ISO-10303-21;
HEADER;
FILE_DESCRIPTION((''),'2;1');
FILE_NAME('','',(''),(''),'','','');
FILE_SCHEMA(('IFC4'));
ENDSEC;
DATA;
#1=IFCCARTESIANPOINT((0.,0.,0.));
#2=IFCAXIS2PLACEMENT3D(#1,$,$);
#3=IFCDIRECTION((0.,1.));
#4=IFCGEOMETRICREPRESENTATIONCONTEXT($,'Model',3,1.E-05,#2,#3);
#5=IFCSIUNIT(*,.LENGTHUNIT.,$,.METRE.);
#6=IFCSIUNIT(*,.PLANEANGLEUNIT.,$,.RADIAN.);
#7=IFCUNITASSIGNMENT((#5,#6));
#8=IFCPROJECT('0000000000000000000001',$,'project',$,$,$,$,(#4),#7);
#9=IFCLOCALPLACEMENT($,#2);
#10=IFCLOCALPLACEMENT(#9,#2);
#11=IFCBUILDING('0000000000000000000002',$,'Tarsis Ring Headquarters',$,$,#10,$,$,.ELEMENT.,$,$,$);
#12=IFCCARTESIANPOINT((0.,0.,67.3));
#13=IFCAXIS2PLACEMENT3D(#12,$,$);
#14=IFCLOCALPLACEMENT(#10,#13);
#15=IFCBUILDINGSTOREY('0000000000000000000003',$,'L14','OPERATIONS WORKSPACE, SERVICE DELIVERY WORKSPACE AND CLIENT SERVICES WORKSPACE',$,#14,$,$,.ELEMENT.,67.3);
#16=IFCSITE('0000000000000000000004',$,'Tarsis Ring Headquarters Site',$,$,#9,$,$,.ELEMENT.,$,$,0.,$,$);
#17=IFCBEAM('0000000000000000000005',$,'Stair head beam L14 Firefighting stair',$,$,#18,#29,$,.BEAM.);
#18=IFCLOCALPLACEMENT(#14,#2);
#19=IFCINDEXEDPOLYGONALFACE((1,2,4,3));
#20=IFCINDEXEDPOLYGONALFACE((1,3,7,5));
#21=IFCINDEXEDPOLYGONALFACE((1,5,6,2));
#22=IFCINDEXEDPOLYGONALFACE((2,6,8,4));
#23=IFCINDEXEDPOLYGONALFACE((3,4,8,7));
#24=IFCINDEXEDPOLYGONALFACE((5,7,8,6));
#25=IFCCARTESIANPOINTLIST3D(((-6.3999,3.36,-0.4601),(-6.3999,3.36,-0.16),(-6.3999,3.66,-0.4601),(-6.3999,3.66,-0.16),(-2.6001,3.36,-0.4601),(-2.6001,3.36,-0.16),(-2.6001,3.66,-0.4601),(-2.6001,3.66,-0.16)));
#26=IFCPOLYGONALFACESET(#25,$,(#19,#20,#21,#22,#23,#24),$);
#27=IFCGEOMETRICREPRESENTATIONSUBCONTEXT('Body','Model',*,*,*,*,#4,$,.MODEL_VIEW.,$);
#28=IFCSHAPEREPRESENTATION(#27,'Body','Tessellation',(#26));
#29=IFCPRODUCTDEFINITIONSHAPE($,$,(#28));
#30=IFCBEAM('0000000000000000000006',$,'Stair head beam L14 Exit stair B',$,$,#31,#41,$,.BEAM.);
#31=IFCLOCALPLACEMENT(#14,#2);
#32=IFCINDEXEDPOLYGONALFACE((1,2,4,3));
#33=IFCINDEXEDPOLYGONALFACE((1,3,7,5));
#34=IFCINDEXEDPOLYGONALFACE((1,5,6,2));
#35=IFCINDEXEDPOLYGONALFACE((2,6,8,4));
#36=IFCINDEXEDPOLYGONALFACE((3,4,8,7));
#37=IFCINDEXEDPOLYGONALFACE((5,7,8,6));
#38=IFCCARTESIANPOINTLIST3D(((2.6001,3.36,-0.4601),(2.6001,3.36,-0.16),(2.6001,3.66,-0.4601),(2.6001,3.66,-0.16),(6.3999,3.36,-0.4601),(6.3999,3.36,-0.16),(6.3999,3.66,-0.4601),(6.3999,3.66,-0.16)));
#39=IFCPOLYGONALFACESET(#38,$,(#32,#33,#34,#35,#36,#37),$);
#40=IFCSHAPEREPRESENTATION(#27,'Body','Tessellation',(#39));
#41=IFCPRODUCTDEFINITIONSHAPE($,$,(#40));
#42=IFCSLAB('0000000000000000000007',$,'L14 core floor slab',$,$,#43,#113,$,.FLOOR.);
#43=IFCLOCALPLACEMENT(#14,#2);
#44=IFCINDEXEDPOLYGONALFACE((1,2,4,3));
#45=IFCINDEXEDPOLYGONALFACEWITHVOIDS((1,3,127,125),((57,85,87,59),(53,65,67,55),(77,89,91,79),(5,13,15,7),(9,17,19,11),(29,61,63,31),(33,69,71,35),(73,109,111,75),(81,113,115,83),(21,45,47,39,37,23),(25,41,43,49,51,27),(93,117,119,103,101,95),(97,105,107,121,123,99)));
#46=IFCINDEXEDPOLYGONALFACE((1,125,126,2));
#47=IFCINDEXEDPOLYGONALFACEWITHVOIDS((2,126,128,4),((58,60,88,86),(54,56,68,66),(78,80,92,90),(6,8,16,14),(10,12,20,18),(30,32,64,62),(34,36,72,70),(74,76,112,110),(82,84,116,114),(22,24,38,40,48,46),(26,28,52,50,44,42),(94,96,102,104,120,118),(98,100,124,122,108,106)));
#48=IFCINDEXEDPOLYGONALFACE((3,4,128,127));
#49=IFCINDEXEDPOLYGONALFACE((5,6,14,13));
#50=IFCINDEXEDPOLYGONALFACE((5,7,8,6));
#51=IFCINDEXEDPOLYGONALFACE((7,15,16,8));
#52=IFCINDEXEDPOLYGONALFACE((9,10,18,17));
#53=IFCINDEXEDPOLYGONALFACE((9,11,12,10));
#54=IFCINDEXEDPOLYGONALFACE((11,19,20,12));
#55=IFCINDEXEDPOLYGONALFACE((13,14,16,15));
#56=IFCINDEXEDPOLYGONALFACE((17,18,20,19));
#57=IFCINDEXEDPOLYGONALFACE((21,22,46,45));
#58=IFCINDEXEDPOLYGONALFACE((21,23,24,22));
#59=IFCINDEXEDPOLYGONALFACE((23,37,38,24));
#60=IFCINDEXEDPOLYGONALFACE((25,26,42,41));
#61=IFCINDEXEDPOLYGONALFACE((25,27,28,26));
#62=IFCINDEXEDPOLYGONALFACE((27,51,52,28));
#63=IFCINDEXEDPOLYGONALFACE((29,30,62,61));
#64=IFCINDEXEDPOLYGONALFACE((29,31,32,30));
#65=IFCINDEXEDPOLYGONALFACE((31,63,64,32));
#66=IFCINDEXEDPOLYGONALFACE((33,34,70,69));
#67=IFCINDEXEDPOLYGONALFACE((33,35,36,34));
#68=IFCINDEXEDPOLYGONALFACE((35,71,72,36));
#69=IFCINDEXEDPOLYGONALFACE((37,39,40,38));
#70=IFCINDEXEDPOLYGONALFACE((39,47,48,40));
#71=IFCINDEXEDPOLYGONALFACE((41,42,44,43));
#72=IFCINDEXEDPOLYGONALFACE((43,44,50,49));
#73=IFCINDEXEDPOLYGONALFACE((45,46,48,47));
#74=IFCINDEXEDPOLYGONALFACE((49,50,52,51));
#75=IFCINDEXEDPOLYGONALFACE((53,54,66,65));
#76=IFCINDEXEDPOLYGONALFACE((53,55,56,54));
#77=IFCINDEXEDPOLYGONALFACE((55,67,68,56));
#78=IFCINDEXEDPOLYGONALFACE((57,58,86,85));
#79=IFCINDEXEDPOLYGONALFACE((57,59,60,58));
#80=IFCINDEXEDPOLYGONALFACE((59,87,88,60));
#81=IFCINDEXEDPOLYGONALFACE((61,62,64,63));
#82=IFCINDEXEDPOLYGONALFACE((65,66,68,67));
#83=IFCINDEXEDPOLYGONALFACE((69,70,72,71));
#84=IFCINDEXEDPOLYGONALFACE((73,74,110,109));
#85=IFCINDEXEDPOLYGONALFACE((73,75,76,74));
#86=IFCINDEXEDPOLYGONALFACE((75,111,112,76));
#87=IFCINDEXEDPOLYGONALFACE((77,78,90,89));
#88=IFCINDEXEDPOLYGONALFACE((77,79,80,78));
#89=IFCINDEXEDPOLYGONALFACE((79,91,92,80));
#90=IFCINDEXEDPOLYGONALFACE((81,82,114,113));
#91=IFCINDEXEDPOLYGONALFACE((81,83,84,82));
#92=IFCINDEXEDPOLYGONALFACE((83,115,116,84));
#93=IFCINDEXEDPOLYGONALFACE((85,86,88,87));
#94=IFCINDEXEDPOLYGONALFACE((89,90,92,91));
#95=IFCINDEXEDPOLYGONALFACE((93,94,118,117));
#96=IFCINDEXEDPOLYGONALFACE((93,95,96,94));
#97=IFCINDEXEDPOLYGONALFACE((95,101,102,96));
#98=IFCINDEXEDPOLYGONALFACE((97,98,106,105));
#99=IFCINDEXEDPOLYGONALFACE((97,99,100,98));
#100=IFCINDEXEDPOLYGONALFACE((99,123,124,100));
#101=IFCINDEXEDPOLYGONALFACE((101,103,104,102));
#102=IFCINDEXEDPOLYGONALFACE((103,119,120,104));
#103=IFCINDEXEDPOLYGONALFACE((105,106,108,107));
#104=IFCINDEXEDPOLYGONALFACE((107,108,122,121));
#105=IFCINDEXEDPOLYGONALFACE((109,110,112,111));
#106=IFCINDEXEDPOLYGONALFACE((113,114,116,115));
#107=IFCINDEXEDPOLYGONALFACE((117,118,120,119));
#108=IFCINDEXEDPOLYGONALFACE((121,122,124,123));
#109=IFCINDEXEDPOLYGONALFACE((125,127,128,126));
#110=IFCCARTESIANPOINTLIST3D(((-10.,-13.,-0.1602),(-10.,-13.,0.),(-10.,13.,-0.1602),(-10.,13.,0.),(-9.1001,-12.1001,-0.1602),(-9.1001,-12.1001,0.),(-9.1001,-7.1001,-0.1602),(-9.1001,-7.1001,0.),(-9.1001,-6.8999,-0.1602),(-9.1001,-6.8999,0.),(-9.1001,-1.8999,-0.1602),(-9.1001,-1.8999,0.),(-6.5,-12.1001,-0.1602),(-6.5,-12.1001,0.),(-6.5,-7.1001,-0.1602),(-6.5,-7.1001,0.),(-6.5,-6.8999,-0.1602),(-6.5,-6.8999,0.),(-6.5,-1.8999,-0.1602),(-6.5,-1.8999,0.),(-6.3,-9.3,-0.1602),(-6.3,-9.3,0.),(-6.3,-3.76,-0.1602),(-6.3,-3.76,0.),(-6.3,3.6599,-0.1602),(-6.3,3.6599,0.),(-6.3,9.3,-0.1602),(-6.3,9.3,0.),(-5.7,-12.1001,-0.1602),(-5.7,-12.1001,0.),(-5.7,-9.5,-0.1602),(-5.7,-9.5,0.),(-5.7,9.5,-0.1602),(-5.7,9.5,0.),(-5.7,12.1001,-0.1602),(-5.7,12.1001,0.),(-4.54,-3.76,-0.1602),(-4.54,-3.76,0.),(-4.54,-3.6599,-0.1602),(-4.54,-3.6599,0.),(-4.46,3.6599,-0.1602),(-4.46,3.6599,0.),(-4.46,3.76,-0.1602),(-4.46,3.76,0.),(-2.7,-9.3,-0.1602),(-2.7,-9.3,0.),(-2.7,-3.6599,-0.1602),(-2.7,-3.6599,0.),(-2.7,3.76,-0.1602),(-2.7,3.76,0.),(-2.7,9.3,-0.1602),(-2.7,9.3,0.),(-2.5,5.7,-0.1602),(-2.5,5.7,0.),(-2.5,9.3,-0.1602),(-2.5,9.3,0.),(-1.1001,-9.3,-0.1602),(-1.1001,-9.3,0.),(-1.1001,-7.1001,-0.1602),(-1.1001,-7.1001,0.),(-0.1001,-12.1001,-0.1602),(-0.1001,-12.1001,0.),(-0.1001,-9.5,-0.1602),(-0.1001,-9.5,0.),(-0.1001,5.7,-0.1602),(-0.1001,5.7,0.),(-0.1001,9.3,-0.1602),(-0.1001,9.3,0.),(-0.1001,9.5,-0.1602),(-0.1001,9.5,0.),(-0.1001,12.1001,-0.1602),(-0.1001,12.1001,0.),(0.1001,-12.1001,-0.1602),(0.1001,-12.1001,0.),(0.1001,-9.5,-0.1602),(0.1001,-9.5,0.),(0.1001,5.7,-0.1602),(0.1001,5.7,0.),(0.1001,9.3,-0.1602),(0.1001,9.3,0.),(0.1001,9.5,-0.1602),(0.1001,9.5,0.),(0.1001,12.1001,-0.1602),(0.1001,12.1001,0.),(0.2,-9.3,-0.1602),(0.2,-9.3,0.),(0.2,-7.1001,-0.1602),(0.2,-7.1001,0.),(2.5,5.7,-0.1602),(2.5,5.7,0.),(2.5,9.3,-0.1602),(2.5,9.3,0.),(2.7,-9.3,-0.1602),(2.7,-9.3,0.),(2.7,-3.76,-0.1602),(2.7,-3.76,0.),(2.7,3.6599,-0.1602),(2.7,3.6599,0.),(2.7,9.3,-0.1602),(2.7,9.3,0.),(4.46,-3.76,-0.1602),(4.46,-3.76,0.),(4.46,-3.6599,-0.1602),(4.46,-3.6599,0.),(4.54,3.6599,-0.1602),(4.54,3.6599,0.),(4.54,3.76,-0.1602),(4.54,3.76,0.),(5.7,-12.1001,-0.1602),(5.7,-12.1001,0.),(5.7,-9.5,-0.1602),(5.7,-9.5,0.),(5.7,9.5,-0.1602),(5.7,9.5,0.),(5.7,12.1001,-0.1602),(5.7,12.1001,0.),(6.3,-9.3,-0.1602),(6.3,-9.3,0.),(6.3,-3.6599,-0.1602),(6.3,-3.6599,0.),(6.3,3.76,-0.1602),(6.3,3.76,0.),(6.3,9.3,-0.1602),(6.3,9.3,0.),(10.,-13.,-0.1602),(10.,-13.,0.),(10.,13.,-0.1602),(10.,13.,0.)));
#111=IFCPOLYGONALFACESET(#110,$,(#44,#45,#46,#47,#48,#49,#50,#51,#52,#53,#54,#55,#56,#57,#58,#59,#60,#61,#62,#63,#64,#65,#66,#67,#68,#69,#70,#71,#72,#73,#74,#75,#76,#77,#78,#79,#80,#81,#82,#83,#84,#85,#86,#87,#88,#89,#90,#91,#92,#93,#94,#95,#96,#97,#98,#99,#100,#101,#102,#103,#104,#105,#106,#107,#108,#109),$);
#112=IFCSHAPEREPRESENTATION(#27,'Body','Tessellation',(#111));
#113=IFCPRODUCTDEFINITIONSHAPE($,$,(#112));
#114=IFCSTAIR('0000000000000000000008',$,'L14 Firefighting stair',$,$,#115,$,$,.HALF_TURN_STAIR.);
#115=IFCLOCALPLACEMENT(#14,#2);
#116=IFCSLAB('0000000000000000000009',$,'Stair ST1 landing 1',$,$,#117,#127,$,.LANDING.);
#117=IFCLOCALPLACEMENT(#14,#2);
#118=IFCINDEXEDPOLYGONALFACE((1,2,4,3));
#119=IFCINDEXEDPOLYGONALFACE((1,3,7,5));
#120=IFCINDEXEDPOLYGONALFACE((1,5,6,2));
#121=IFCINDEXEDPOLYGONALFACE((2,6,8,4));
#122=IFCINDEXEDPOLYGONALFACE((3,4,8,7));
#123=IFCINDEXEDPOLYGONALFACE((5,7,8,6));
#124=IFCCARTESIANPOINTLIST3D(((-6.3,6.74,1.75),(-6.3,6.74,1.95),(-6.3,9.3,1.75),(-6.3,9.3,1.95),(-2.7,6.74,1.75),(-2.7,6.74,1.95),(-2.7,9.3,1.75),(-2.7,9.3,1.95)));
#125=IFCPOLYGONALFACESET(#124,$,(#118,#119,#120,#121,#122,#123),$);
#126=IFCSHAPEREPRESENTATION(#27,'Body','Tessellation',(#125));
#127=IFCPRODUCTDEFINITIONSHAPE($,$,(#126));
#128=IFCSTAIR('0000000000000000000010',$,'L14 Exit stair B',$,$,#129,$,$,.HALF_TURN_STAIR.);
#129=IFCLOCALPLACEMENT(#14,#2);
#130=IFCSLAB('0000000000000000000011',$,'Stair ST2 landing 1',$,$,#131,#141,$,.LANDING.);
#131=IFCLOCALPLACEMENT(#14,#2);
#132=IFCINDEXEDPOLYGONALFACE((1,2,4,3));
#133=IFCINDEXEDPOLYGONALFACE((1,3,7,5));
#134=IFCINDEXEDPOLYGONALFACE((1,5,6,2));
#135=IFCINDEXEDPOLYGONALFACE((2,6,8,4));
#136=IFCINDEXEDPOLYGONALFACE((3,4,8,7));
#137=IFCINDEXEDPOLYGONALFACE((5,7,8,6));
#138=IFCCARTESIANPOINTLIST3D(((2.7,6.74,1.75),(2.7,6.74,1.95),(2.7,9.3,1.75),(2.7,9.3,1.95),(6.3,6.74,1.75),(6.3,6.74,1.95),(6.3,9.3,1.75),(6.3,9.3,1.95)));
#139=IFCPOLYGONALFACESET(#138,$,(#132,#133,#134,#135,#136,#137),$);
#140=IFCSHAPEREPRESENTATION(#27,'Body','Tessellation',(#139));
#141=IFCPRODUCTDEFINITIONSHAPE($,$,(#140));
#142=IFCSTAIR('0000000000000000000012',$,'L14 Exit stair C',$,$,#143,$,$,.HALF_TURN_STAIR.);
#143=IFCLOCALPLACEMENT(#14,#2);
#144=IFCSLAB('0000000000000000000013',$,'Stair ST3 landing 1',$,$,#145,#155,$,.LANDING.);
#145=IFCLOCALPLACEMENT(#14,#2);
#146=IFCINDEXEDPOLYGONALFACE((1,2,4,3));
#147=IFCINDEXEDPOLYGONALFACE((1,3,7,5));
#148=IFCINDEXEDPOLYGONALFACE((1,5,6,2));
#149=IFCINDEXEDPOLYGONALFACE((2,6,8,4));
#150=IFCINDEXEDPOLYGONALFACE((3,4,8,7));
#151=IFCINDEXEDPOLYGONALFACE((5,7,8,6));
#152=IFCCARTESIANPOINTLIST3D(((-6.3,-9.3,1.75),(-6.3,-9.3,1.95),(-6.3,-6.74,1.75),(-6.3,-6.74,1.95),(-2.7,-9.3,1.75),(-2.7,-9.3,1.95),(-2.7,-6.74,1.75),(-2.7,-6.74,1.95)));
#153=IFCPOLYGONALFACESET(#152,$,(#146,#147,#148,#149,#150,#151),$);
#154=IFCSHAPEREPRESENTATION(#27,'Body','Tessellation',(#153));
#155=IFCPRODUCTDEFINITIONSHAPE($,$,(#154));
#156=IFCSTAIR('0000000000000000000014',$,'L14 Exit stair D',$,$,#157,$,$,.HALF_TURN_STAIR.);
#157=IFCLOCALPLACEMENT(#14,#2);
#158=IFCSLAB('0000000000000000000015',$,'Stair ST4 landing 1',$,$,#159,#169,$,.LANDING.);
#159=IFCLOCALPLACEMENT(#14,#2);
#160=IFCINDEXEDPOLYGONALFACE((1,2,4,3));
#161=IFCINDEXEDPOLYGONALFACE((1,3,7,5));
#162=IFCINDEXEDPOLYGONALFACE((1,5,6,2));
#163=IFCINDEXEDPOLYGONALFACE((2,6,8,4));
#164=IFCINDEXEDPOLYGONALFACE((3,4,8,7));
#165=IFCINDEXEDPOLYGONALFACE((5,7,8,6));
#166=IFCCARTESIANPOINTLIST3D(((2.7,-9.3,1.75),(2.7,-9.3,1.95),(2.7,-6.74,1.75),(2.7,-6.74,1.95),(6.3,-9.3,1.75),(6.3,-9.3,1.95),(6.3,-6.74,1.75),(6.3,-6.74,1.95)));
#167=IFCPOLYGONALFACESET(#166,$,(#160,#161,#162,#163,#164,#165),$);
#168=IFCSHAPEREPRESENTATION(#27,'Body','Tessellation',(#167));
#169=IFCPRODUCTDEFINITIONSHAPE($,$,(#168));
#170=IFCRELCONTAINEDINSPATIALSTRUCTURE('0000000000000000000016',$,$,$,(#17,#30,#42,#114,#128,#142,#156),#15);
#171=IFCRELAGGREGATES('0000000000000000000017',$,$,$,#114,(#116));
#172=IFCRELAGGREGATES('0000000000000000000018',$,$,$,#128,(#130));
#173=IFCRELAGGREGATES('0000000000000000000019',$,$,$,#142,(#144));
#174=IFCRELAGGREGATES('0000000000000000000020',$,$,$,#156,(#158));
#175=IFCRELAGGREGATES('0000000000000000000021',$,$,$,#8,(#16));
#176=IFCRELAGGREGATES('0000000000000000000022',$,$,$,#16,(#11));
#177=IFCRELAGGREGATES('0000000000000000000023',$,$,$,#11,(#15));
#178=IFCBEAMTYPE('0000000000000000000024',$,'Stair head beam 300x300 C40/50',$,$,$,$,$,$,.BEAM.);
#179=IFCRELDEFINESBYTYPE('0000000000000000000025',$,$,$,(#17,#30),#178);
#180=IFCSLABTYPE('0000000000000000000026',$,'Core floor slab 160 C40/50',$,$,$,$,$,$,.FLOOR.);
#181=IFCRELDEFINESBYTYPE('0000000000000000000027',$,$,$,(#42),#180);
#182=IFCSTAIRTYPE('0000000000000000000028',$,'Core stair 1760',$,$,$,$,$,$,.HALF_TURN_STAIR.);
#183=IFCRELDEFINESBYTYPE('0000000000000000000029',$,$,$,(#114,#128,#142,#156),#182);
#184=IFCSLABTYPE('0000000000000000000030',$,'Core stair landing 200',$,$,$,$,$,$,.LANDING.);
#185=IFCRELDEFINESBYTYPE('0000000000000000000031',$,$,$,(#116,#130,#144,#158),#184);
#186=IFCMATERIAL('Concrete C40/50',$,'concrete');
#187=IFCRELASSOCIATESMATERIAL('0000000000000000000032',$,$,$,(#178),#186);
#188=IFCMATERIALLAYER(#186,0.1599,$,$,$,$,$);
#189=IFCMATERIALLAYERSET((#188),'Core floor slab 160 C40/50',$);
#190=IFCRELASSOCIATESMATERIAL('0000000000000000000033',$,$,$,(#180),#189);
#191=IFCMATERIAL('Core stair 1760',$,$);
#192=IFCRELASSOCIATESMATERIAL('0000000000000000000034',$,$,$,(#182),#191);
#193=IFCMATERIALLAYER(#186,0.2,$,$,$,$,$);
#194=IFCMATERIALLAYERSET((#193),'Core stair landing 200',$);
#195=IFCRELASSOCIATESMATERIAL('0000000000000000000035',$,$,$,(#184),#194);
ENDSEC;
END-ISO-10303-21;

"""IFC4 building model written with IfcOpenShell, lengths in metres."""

from ifc_helpers import new_model, si_unit, direction, frame, origin, origin_2d, place, context, subcontext, project, spatial, polyline, rectangle, outline, extrude, material, layer, layer_set, material_profile, profile_set, type_object, element, aggregate, save


model = new_model("IFC4")

# Units and contexts
model_context = context("Model", 3, precision=1e-05, world=origin(), true_north=direction((0.0, 1.0)))
body_context = subcontext(model_context, "Body", "Model", "MODEL_VIEW")
ifc_project = project(units=[si_unit("LENGTHUNIT", "METRE"), si_unit("PLANEANGLEUNIT", "RADIAN")], contexts=[model_context])

# Site, building, storey
site_placement = place(None, origin())
site = spatial("IfcSite", under=ifc_project, at=site_placement, Name="Tarsis Ring Headquarters Site", CompositionType="ELEMENT", RefElevation=0.0)
building_placement = place(site_placement, origin())
building = spatial("IfcBuilding", under=site, at=building_placement, Name="Tarsis Ring Headquarters", CompositionType="ELEMENT")
storey_placement = place(building_placement, frame((0.0, 0.0, 67.3)))
storey = spatial("IfcBuildingStorey", under=building, at=storey_placement, Name="L14", Description="OPERATIONS WORKSPACE, SERVICE DELIVERY WORKSPACE AND CLIENT SERVICES WORKSPACE", CompositionType="ELEMENT", Elevation=67.3)

# Beams
ifc_material_1 = material(Name="Concrete C40/50", Category="concrete")
ifc_material_profile = material_profile(ifc_material_1, rectangle(XDim=0.3, YDim=0.3, at=origin_2d()), Name="Stair head beam 300x300 C40/50")
ifc_profile_set = profile_set([ifc_material_profile], Name="Concrete C40/50")
beam_type = type_object("IfcBeamType", Name="Stair head beam 300x300 C40/50", PredefinedType="BEAM", material=ifc_profile_set)
for number, where, z_axis, x_axis, name in (
    (1, (-6.3999, 3.51, -0.3101), (1.0, 0.0, 0.0), (0.0, 1.0, 0.0), "Stair head beam L14 Firefighting stair"),
    (2, (2.6001, 3.51, -0.3101), (1.0, 0.0, 0.0), (0.0, 1.0, 0.0), "Stair head beam L14 Exit stair B"),
):
    element("IfcBeam", number, at=place(storey_placement, frame(where, z_axis=z_axis, x_axis=x_axis)), inside=storey, type_object=beam_type, Name=name, PredefinedType="BEAM", context=body_context, shape_type="SweptSolid", body=[
        extrude(rectangle(XDim=0.3, YDim=0.3, at=origin_2d()), origin(), (0.0, 0.0, 1.0), 3.7998),
    ])

# Slab
ifc_layer_1 = layer(ifc_material_1, 0.1599)
ifc_layer_set_1 = layer_set([ifc_layer_1], Name="Core floor slab 160 C40/50")
slab_type_1 = type_object("IfcSlabType", Name="Core floor slab 160 C40/50", PredefinedType="FLOOR", material=ifc_layer_set_1)
slab_1_placement = place(storey_placement, frame((0.0, 0.0, -0.1602)))
element("IfcSlab", 3, at=slab_1_placement, inside=storey, type_object=slab_type_1, Name="L14 core floor slab", PredefinedType="FLOOR", context=body_context, shape_type="SweptSolid", body=[
    extrude(outline(polyline([(-10.0, -13.0), (10.0, -13.0), (10.0, 13.0), (-10.0, 13.0), (-10.0, -13.0)]), holes=[polyline([(-2.5, 5.7), (-0.1001, 5.7), (-0.1001, 9.3), (-2.5, 9.3), (-2.5, 5.7)]), polyline([(0.1001, 5.7), (2.5, 5.7), (2.5, 9.3), (0.1001, 9.3), (0.1001, 5.7)]), polyline([(-9.1001, -12.1001), (-6.5, -12.1001), (-6.5, -7.1001), (-9.1001, -7.1001), (-9.1001, -12.1001)]), polyline([(-9.1001, -6.8999), (-6.5, -6.8999), (-6.5, -1.8999), (-9.1001, -1.8999), (-9.1001, -6.8999)]), polyline([(-5.7, 9.5), (-0.1001, 9.5), (-0.1001, 12.1001), (-5.7, 12.1001), (-5.7, 9.5)]), polyline([(0.1001, 9.5), (5.7, 9.5), (5.7, 12.1001), (0.1001, 12.1001), (0.1001, 9.5)]), polyline([(-5.7, -12.1001), (-0.1001, -12.1001), (-0.1001, -9.5), (-5.7, -9.5), (-5.7, -12.1001)]), polyline([(0.1001, -12.1001), (5.7, -12.1001), (5.7, -9.5), (0.1001, -9.5), (0.1001, -12.1001)]), polyline([(-1.1001, -9.3), (0.2, -9.3), (0.2, -7.1001), (-1.1001, -7.1001), (-1.1001, -9.3)]), polyline([(-2.7, 3.76), (-2.7, 9.3), (-6.3, 9.3), (-6.3, 3.6599), (-4.46, 3.6599), (-4.46, 3.76), (-2.7, 3.76)]), polyline([(6.3, 3.76), (6.3, 9.3), (2.7, 9.3), (2.7, 3.6599), (4.54, 3.6599), (4.54, 3.76), (6.3, 3.76)]), polyline([(-6.3, -3.76), (-6.3, -9.3), (-2.7, -9.3), (-2.7, -3.6599), (-4.54, -3.6599), (-4.54, -3.76), (-6.3, -3.76)]), polyline([(2.7, -3.76), (2.7, -9.3), (6.3, -9.3), (6.3, -3.6599), (4.46, -3.6599), (4.46, -3.76), (2.7, -3.76)])]), origin(), (0.0, 0.0, 1.0), 0.1602),
])

# Stairs, slabs
ifc_material_2 = material(Name="Core stair 1760")
stair_type = type_object("IfcStairType", Name="Core stair 1760", PredefinedType="HALF_TURN_STAIR", material=ifc_material_2)
stair_1_placement = place(storey_placement, origin())
stair_1 = element("IfcStair", 4, at=stair_1_placement, inside=storey, type_object=stair_type, Name="L14 Firefighting stair", PredefinedType="HALF_TURN_STAIR")
ifc_layer_2 = layer(ifc_material_1, 0.2)
ifc_layer_set_2 = layer_set([ifc_layer_2], Name="Core stair landing 200")
slab_type_2 = type_object("IfcSlabType", Name="Core stair landing 200", PredefinedType="LANDING", material=ifc_layer_set_2)
slab_2_placement = place(storey_placement, frame((0.0, 0.0, 1.75)))
slab_2 = element("IfcSlab", 5, at=slab_2_placement, type_object=slab_type_2, Name="Stair ST1 landing 1", PredefinedType="LANDING", context=body_context, shape_type="SweptSolid", body=[
    extrude(outline(polyline([(-2.7, 6.74), (-2.7, 9.3), (-6.3, 9.3), (-6.3, 6.74), (-2.7, 6.74)])), origin(), (0.0, 0.0, 1.0), 0.2),
])
aggregate(stair_1, [slab_2])
stair_2_placement = place(storey_placement, origin())
stair_2 = element("IfcStair", 6, at=stair_2_placement, inside=storey, type_object=stair_type, Name="L14 Exit stair B", PredefinedType="HALF_TURN_STAIR")
slab_3_placement = place(storey_placement, frame((0.0, 0.0, 1.75)))
slab_3 = element("IfcSlab", 7, at=slab_3_placement, type_object=slab_type_2, Name="Stair ST2 landing 1", PredefinedType="LANDING", context=body_context, shape_type="SweptSolid", body=[
    extrude(outline(polyline([(6.3, 6.74), (6.3, 9.3), (2.7, 9.3), (2.7, 6.74), (6.3, 6.74)])), origin(), (0.0, 0.0, 1.0), 0.2),
])
aggregate(stair_2, [slab_3])
stair_3_placement = place(storey_placement, origin())
stair_3 = element("IfcStair", 8, at=stair_3_placement, inside=storey, type_object=stair_type, Name="L14 Exit stair C", PredefinedType="HALF_TURN_STAIR")
slab_4_placement = place(storey_placement, frame((0.0, 0.0, 1.75)))
slab_4 = element("IfcSlab", 9, at=slab_4_placement, type_object=slab_type_2, Name="Stair ST3 landing 1", PredefinedType="LANDING", context=body_context, shape_type="SweptSolid", body=[
    extrude(outline(polyline([(-6.3, -6.74), (-6.3, -9.3), (-2.7, -9.3), (-2.7, -6.74), (-6.3, -6.74)])), origin(), (0.0, 0.0, 1.0), 0.2),
])
aggregate(stair_3, [slab_4])
stair_4_placement = place(storey_placement, origin())
stair_4 = element("IfcStair", 10, at=stair_4_placement, inside=storey, type_object=stair_type, Name="L14 Exit stair D", PredefinedType="HALF_TURN_STAIR")
slab_5_placement = place(storey_placement, frame((0.0, 0.0, 1.75)))
slab_5 = element("IfcSlab", 11, at=slab_5_placement, type_object=slab_type_2, Name="Stair ST4 landing 1", PredefinedType="LANDING", context=body_context, shape_type="SweptSolid", body=[
    extrude(outline(polyline([(2.7, -6.74), (2.7, -9.3), (6.3, -9.3), (6.3, -6.74), (2.7, -6.74)])), origin(), (0.0, 0.0, 1.0), 0.2),
])
aggregate(stair_4, [slab_5])

save(model, "model.ifc")
